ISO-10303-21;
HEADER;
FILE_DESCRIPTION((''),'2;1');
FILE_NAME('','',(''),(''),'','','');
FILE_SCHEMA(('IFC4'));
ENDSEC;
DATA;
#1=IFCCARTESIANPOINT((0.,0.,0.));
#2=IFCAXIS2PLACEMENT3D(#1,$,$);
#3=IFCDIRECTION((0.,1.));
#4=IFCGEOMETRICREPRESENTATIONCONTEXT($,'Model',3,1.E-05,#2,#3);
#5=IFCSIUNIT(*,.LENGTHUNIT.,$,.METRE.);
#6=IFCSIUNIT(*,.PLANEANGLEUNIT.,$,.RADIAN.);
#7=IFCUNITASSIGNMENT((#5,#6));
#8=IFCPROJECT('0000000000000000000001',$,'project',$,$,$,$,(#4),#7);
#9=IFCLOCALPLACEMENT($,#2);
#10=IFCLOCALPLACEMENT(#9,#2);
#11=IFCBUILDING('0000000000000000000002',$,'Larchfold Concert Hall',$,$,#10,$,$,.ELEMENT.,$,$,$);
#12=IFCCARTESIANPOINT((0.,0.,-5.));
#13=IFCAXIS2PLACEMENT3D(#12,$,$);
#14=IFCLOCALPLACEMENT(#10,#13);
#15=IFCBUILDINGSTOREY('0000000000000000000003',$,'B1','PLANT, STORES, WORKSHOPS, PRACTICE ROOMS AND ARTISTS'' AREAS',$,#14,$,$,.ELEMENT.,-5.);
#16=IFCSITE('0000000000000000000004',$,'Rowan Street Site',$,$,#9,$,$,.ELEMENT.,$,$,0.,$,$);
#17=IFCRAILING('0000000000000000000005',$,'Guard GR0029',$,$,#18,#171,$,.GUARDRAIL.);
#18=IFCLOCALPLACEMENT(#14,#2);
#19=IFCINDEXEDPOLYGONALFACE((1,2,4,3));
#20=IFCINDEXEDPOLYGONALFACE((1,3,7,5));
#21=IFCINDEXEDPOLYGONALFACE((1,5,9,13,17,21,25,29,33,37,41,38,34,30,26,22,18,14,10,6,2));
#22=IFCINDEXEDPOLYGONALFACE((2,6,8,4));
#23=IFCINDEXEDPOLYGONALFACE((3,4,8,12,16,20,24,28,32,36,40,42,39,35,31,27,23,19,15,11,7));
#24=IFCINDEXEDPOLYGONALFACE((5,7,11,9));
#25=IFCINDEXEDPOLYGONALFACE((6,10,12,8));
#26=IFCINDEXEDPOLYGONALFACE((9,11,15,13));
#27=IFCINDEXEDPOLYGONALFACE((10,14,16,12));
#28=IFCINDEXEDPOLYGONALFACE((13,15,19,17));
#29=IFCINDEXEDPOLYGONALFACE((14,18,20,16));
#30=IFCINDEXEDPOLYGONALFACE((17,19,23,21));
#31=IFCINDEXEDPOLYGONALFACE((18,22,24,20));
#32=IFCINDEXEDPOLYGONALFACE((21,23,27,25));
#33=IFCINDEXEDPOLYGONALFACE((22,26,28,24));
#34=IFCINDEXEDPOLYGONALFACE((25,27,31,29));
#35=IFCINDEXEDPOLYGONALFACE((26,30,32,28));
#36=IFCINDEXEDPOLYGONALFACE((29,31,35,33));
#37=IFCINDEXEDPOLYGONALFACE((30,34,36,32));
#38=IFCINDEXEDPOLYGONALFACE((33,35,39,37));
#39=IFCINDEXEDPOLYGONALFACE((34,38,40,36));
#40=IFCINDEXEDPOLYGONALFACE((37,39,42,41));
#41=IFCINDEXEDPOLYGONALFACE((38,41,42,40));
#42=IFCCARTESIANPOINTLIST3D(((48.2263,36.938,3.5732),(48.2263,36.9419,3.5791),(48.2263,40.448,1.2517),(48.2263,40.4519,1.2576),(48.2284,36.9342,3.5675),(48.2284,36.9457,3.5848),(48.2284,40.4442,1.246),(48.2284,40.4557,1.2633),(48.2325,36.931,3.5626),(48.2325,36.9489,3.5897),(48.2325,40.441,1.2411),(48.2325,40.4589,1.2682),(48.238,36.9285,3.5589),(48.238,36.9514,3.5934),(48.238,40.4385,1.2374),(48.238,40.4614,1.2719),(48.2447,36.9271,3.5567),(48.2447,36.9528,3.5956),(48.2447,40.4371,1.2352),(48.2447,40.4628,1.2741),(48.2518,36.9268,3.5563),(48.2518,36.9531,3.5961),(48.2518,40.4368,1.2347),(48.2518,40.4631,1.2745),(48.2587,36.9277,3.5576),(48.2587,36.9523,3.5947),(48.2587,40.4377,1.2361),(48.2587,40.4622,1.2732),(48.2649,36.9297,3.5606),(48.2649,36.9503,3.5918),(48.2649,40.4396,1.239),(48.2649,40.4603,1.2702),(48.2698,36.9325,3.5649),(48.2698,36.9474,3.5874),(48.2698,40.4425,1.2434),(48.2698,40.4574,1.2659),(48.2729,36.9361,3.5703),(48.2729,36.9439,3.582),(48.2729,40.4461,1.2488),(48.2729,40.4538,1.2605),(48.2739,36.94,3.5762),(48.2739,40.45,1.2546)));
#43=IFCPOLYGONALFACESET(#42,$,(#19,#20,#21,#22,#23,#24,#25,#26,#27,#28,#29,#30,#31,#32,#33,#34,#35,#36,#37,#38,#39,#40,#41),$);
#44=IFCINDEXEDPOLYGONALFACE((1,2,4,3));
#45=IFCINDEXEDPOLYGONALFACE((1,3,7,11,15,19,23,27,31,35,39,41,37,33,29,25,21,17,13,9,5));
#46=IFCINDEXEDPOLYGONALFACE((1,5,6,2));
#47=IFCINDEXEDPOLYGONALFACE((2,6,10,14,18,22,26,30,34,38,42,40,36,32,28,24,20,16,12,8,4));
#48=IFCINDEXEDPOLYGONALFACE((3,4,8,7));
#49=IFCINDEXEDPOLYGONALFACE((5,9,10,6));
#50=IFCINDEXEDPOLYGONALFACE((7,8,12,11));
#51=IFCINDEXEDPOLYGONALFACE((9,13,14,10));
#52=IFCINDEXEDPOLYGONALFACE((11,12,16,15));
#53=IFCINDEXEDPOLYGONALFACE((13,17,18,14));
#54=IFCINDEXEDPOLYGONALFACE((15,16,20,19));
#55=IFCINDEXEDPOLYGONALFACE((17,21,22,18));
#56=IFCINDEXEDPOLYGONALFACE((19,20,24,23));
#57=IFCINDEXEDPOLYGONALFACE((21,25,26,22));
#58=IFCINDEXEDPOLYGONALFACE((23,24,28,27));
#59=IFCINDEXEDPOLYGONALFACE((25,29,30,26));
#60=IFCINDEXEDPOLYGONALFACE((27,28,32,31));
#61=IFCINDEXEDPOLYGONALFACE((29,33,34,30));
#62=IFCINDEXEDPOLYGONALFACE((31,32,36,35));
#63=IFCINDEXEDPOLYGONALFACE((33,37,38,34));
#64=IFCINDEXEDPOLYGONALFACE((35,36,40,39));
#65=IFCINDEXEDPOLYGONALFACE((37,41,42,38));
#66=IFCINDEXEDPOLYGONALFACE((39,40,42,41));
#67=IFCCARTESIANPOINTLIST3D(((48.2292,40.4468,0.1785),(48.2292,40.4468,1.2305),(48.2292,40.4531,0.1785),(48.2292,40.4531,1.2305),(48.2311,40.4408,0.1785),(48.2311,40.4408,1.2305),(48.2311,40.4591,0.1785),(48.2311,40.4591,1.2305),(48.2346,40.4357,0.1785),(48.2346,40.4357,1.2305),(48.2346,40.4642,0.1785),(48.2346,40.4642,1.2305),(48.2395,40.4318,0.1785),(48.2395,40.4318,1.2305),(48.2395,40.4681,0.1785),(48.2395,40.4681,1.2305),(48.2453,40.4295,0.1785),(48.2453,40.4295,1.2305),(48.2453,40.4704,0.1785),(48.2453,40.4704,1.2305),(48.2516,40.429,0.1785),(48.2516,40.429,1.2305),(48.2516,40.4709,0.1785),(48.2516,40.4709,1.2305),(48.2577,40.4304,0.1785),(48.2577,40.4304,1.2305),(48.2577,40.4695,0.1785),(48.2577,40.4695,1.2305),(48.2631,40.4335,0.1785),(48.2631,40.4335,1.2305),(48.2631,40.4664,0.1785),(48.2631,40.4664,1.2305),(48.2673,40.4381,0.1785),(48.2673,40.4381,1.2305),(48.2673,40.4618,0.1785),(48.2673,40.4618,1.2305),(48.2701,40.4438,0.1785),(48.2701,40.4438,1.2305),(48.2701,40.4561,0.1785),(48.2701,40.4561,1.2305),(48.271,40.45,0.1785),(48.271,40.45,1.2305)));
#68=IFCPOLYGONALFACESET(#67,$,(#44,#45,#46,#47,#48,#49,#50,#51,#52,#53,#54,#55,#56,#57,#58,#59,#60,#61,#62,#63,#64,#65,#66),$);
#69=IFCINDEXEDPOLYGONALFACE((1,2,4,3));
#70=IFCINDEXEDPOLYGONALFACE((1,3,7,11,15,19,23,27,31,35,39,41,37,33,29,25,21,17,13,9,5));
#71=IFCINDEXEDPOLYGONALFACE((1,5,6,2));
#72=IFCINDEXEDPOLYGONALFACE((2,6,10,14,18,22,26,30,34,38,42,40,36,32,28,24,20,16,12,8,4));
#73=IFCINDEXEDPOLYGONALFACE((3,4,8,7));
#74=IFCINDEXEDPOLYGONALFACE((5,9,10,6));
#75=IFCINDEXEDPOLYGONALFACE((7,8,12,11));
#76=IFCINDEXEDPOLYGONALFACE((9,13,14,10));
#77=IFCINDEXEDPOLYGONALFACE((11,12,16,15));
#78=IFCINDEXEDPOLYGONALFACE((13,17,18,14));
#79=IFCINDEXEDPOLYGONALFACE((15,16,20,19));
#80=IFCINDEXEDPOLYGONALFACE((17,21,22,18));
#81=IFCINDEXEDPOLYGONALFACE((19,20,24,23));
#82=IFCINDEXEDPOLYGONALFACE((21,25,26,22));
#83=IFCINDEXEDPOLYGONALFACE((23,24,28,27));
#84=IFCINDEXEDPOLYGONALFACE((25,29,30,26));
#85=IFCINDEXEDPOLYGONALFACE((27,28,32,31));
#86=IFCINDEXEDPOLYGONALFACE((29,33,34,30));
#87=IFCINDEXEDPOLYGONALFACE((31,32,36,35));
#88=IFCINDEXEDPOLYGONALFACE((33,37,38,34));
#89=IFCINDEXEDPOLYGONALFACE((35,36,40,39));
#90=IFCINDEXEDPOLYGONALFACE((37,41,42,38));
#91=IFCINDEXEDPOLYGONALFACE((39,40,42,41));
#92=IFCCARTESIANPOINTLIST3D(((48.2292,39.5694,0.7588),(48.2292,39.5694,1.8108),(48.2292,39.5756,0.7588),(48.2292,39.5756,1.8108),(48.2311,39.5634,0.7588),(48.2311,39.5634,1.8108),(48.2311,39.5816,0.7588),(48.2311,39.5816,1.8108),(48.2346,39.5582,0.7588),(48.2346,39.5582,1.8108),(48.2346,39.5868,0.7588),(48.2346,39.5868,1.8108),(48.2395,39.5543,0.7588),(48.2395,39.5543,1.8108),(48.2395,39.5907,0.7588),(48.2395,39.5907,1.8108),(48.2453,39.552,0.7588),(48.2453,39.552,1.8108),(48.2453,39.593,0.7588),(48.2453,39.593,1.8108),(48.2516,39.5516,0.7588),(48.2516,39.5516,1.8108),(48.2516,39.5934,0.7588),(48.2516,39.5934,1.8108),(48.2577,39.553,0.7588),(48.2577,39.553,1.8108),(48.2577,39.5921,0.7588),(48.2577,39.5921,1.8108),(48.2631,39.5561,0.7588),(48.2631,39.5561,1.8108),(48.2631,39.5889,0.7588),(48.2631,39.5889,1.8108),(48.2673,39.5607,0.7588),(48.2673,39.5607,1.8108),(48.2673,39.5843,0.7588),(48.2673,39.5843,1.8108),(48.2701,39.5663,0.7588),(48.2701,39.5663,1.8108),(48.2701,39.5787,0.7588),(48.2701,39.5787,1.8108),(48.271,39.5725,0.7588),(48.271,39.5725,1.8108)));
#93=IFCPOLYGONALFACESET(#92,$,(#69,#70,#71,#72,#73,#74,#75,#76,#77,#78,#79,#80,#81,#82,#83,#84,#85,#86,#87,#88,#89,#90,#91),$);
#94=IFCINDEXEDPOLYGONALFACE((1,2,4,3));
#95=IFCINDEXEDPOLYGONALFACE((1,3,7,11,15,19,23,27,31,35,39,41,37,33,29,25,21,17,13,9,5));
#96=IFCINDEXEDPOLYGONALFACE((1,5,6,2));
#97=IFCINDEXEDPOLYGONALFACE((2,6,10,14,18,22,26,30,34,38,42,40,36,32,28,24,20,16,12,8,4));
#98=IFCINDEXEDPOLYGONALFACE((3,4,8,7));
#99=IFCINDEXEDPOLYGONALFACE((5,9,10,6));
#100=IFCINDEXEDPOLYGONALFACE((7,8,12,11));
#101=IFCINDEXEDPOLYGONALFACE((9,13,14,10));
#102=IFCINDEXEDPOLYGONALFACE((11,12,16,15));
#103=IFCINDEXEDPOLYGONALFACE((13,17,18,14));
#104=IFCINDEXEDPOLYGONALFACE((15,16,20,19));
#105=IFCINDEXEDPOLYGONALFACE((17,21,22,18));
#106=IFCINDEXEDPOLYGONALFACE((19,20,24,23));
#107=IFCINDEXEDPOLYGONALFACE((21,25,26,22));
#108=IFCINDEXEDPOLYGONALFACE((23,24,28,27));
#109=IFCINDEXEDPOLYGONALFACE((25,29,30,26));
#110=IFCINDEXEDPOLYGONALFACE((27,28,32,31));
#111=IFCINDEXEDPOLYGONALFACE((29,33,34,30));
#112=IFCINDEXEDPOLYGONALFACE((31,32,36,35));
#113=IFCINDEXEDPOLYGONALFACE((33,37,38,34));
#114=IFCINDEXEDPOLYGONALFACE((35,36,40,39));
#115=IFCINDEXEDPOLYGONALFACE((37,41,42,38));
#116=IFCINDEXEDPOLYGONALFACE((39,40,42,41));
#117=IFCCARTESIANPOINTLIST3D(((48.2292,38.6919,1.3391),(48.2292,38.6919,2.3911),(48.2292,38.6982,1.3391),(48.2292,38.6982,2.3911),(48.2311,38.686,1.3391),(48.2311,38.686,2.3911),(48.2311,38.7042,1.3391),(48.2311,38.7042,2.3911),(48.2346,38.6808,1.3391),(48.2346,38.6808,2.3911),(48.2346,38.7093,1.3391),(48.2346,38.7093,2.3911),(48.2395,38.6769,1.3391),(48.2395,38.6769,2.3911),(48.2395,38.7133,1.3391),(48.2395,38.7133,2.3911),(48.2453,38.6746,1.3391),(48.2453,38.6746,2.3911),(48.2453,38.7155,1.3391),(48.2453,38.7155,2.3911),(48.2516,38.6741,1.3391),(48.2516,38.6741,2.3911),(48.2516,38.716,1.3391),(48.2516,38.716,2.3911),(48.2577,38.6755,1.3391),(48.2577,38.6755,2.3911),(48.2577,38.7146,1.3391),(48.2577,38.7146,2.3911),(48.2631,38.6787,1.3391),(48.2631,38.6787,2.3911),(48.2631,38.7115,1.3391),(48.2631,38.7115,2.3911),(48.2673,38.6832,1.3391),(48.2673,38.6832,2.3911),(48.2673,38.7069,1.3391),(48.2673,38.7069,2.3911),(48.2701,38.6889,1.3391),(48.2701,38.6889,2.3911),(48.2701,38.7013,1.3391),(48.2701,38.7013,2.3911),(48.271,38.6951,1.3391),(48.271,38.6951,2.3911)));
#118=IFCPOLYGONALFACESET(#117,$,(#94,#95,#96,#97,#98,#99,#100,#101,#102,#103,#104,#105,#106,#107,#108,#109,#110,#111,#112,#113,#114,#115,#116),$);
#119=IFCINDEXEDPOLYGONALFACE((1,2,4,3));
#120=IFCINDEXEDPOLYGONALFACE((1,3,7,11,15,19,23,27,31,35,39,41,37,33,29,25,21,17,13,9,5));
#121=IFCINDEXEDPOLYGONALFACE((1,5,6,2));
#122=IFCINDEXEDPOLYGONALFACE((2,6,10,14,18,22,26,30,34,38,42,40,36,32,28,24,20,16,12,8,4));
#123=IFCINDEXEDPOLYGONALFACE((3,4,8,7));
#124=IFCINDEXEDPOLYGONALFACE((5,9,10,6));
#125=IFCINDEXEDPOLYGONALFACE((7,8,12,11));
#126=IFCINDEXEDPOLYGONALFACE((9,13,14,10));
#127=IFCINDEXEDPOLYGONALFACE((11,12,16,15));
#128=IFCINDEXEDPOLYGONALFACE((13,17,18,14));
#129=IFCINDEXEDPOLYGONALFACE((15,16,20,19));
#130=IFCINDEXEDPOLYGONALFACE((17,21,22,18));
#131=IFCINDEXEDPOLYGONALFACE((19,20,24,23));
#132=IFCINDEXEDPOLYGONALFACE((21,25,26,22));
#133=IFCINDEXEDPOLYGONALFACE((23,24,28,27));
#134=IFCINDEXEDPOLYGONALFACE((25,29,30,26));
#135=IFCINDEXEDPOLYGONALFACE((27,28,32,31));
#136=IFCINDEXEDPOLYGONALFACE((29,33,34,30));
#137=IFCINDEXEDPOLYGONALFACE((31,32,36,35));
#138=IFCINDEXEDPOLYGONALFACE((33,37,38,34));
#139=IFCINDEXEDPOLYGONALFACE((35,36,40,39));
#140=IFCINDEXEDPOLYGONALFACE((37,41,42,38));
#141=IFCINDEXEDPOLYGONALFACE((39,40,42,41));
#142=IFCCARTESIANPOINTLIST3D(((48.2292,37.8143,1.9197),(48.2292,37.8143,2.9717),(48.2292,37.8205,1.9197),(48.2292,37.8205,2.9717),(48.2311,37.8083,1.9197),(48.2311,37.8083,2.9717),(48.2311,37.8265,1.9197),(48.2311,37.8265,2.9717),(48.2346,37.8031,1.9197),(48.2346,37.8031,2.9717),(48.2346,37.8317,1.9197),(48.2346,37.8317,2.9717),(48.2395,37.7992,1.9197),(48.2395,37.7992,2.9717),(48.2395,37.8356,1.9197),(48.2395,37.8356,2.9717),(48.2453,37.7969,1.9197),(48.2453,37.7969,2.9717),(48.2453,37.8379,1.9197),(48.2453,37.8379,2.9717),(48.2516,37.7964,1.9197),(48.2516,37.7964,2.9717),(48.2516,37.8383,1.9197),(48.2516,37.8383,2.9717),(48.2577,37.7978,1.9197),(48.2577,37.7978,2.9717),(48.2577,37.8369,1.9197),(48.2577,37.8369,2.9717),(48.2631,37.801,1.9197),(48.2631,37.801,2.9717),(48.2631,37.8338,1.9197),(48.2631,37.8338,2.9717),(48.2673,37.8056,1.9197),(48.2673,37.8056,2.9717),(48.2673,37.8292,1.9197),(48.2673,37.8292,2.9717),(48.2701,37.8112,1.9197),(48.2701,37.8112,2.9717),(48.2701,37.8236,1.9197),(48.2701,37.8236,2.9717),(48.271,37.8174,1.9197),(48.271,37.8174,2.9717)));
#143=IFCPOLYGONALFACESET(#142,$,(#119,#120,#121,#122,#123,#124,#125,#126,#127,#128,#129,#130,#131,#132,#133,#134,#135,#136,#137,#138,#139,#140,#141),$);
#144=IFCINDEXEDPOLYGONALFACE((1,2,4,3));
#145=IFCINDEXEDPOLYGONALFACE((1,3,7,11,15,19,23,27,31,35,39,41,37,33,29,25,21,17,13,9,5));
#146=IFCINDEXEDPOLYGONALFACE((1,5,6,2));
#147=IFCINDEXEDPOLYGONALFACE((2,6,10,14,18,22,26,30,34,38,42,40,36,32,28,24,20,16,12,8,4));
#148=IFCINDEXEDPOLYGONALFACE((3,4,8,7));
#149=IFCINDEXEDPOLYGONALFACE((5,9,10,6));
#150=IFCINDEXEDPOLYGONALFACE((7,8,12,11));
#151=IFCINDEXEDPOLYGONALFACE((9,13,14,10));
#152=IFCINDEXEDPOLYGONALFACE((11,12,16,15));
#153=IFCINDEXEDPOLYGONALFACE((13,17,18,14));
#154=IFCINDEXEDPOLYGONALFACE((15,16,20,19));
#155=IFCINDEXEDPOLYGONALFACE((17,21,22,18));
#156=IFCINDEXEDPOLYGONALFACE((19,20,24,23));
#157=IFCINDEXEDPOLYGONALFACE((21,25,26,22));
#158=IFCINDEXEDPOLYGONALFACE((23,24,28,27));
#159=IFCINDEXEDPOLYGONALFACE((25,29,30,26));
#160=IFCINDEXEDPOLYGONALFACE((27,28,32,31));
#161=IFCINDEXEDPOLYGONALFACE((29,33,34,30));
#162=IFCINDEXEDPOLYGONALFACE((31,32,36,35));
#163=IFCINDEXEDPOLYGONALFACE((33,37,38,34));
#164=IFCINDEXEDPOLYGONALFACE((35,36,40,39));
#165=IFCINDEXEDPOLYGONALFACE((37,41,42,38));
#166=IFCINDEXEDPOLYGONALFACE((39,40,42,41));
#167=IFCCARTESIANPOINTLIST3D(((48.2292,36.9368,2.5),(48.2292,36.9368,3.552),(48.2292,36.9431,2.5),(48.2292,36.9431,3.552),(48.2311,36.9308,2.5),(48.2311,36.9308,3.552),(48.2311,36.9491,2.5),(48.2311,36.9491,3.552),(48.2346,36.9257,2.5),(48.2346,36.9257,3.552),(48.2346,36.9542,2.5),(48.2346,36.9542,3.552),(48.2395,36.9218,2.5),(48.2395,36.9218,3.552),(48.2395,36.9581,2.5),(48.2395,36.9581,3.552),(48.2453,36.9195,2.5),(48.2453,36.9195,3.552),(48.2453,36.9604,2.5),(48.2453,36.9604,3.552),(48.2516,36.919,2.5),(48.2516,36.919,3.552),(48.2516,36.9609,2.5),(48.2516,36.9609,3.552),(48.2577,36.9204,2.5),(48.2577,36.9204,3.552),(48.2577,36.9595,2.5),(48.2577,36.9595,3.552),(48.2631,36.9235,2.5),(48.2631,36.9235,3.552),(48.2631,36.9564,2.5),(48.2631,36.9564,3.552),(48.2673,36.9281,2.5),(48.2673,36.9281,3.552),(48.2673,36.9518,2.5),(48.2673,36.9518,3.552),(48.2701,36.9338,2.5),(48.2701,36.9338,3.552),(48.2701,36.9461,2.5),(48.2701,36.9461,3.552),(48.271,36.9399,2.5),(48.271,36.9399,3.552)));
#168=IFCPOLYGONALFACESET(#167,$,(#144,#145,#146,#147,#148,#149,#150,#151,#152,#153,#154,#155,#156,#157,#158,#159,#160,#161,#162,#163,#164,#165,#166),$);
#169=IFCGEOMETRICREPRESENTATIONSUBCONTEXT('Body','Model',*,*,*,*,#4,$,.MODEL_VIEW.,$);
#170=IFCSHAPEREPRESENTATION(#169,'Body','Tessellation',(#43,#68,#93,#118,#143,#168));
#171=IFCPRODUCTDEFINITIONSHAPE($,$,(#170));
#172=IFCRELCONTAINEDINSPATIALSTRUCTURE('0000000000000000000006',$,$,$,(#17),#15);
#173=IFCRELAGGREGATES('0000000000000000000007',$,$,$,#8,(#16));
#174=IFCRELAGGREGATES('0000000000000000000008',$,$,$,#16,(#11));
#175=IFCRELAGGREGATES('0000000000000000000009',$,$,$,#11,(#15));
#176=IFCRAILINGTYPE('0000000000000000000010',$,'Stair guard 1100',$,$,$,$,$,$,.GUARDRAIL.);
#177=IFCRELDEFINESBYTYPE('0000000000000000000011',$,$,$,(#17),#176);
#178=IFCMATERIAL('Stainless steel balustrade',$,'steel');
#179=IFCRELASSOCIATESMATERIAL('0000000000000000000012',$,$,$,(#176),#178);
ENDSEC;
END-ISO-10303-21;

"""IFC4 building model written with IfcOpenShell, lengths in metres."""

from ifc_helpers import new_model, si_unit, direction, frame, origin, origin_2d, place, context, subcontext, project, spatial, circle, extrude, material, type_object, element, save


model = new_model("IFC4")

# Units and contexts
model_context = context("Model", 3, precision=1e-05, world=origin(), true_north=direction((0.0, 1.0)))
body_context = subcontext(model_context, "Body", "Model", "MODEL_VIEW")
ifc_project = project(units=[si_unit("LENGTHUNIT", "METRE"), si_unit("PLANEANGLEUNIT", "RADIAN")], contexts=[model_context])

# Site, building, storey
site_placement = place(None, origin())
site = spatial("IfcSite", under=ifc_project, at=site_placement, Name="Rowan Street Site", CompositionType="ELEMENT", RefElevation=0.0)
building_placement = place(site_placement, origin())
building = spatial("IfcBuilding", under=site, at=building_placement, Name="Larchfold Concert Hall", CompositionType="ELEMENT")
storey_placement = place(building_placement, frame((0.0, 0.0, -5.0)))
storey = spatial("IfcBuildingStorey", under=building, at=storey_placement, Name="B1", Description="PLANT, STORES, WORKSHOPS, PRACTICE ROOMS AND ARTISTS' AREAS", CompositionType="ELEMENT", Elevation=-5.0)

# Railing
ifc_material_1 = material(Name="Stainless steel balustrade", Category="steel")
railing_type_1 = type_object("IfcRailingType", Name="Stair guard 1100", PredefinedType="GUARDRAIL", material=ifc_material_1)
railing_1_placement = place(storey_placement, frame((48.25, 40.45, 0.1785)))
element("IfcRailing", 1, at=railing_1_placement, inside=storey, type_object=railing_type_1, Name="Guard GR0029", PredefinedType="GUARDRAIL", context=body_context, shape_type="SweptSolid", body=[
    extrude(circle(Radius=0.0239, at=origin_2d()), frame((0.0, 0.0, 1.0762), z_axis=(0.0, -0.834071, 0.551657), x_axis=(1.0, 0.0, 0.0)), (0.0, 0.0, 1.0), 4.2083),
    extrude(circle(Radius=0.021, at=origin_2d()), origin(), (0.0, 0.0, 1.0), 1.052),
    extrude(circle(Radius=0.021, at=origin_2d()), frame((0.0, -0.8774, 0.5803)), (0.0, 0.0, 1.0), 1.052),
    extrude(circle(Radius=0.021, at=origin_2d()), frame((0.0, -1.7549, 1.1606)), (0.0, 0.0, 1.0), 1.052),
    extrude(circle(Radius=0.021, at=origin_2d()), frame((0.0, -2.6326, 1.7412)), (0.0, 0.0, 1.0), 1.052),
    extrude(circle(Radius=0.021, at=origin_2d()), frame((0.0, -3.51, 2.3215)), (0.0, 0.0, 1.0), 1.052),
])

save(model, "model.ifc")
